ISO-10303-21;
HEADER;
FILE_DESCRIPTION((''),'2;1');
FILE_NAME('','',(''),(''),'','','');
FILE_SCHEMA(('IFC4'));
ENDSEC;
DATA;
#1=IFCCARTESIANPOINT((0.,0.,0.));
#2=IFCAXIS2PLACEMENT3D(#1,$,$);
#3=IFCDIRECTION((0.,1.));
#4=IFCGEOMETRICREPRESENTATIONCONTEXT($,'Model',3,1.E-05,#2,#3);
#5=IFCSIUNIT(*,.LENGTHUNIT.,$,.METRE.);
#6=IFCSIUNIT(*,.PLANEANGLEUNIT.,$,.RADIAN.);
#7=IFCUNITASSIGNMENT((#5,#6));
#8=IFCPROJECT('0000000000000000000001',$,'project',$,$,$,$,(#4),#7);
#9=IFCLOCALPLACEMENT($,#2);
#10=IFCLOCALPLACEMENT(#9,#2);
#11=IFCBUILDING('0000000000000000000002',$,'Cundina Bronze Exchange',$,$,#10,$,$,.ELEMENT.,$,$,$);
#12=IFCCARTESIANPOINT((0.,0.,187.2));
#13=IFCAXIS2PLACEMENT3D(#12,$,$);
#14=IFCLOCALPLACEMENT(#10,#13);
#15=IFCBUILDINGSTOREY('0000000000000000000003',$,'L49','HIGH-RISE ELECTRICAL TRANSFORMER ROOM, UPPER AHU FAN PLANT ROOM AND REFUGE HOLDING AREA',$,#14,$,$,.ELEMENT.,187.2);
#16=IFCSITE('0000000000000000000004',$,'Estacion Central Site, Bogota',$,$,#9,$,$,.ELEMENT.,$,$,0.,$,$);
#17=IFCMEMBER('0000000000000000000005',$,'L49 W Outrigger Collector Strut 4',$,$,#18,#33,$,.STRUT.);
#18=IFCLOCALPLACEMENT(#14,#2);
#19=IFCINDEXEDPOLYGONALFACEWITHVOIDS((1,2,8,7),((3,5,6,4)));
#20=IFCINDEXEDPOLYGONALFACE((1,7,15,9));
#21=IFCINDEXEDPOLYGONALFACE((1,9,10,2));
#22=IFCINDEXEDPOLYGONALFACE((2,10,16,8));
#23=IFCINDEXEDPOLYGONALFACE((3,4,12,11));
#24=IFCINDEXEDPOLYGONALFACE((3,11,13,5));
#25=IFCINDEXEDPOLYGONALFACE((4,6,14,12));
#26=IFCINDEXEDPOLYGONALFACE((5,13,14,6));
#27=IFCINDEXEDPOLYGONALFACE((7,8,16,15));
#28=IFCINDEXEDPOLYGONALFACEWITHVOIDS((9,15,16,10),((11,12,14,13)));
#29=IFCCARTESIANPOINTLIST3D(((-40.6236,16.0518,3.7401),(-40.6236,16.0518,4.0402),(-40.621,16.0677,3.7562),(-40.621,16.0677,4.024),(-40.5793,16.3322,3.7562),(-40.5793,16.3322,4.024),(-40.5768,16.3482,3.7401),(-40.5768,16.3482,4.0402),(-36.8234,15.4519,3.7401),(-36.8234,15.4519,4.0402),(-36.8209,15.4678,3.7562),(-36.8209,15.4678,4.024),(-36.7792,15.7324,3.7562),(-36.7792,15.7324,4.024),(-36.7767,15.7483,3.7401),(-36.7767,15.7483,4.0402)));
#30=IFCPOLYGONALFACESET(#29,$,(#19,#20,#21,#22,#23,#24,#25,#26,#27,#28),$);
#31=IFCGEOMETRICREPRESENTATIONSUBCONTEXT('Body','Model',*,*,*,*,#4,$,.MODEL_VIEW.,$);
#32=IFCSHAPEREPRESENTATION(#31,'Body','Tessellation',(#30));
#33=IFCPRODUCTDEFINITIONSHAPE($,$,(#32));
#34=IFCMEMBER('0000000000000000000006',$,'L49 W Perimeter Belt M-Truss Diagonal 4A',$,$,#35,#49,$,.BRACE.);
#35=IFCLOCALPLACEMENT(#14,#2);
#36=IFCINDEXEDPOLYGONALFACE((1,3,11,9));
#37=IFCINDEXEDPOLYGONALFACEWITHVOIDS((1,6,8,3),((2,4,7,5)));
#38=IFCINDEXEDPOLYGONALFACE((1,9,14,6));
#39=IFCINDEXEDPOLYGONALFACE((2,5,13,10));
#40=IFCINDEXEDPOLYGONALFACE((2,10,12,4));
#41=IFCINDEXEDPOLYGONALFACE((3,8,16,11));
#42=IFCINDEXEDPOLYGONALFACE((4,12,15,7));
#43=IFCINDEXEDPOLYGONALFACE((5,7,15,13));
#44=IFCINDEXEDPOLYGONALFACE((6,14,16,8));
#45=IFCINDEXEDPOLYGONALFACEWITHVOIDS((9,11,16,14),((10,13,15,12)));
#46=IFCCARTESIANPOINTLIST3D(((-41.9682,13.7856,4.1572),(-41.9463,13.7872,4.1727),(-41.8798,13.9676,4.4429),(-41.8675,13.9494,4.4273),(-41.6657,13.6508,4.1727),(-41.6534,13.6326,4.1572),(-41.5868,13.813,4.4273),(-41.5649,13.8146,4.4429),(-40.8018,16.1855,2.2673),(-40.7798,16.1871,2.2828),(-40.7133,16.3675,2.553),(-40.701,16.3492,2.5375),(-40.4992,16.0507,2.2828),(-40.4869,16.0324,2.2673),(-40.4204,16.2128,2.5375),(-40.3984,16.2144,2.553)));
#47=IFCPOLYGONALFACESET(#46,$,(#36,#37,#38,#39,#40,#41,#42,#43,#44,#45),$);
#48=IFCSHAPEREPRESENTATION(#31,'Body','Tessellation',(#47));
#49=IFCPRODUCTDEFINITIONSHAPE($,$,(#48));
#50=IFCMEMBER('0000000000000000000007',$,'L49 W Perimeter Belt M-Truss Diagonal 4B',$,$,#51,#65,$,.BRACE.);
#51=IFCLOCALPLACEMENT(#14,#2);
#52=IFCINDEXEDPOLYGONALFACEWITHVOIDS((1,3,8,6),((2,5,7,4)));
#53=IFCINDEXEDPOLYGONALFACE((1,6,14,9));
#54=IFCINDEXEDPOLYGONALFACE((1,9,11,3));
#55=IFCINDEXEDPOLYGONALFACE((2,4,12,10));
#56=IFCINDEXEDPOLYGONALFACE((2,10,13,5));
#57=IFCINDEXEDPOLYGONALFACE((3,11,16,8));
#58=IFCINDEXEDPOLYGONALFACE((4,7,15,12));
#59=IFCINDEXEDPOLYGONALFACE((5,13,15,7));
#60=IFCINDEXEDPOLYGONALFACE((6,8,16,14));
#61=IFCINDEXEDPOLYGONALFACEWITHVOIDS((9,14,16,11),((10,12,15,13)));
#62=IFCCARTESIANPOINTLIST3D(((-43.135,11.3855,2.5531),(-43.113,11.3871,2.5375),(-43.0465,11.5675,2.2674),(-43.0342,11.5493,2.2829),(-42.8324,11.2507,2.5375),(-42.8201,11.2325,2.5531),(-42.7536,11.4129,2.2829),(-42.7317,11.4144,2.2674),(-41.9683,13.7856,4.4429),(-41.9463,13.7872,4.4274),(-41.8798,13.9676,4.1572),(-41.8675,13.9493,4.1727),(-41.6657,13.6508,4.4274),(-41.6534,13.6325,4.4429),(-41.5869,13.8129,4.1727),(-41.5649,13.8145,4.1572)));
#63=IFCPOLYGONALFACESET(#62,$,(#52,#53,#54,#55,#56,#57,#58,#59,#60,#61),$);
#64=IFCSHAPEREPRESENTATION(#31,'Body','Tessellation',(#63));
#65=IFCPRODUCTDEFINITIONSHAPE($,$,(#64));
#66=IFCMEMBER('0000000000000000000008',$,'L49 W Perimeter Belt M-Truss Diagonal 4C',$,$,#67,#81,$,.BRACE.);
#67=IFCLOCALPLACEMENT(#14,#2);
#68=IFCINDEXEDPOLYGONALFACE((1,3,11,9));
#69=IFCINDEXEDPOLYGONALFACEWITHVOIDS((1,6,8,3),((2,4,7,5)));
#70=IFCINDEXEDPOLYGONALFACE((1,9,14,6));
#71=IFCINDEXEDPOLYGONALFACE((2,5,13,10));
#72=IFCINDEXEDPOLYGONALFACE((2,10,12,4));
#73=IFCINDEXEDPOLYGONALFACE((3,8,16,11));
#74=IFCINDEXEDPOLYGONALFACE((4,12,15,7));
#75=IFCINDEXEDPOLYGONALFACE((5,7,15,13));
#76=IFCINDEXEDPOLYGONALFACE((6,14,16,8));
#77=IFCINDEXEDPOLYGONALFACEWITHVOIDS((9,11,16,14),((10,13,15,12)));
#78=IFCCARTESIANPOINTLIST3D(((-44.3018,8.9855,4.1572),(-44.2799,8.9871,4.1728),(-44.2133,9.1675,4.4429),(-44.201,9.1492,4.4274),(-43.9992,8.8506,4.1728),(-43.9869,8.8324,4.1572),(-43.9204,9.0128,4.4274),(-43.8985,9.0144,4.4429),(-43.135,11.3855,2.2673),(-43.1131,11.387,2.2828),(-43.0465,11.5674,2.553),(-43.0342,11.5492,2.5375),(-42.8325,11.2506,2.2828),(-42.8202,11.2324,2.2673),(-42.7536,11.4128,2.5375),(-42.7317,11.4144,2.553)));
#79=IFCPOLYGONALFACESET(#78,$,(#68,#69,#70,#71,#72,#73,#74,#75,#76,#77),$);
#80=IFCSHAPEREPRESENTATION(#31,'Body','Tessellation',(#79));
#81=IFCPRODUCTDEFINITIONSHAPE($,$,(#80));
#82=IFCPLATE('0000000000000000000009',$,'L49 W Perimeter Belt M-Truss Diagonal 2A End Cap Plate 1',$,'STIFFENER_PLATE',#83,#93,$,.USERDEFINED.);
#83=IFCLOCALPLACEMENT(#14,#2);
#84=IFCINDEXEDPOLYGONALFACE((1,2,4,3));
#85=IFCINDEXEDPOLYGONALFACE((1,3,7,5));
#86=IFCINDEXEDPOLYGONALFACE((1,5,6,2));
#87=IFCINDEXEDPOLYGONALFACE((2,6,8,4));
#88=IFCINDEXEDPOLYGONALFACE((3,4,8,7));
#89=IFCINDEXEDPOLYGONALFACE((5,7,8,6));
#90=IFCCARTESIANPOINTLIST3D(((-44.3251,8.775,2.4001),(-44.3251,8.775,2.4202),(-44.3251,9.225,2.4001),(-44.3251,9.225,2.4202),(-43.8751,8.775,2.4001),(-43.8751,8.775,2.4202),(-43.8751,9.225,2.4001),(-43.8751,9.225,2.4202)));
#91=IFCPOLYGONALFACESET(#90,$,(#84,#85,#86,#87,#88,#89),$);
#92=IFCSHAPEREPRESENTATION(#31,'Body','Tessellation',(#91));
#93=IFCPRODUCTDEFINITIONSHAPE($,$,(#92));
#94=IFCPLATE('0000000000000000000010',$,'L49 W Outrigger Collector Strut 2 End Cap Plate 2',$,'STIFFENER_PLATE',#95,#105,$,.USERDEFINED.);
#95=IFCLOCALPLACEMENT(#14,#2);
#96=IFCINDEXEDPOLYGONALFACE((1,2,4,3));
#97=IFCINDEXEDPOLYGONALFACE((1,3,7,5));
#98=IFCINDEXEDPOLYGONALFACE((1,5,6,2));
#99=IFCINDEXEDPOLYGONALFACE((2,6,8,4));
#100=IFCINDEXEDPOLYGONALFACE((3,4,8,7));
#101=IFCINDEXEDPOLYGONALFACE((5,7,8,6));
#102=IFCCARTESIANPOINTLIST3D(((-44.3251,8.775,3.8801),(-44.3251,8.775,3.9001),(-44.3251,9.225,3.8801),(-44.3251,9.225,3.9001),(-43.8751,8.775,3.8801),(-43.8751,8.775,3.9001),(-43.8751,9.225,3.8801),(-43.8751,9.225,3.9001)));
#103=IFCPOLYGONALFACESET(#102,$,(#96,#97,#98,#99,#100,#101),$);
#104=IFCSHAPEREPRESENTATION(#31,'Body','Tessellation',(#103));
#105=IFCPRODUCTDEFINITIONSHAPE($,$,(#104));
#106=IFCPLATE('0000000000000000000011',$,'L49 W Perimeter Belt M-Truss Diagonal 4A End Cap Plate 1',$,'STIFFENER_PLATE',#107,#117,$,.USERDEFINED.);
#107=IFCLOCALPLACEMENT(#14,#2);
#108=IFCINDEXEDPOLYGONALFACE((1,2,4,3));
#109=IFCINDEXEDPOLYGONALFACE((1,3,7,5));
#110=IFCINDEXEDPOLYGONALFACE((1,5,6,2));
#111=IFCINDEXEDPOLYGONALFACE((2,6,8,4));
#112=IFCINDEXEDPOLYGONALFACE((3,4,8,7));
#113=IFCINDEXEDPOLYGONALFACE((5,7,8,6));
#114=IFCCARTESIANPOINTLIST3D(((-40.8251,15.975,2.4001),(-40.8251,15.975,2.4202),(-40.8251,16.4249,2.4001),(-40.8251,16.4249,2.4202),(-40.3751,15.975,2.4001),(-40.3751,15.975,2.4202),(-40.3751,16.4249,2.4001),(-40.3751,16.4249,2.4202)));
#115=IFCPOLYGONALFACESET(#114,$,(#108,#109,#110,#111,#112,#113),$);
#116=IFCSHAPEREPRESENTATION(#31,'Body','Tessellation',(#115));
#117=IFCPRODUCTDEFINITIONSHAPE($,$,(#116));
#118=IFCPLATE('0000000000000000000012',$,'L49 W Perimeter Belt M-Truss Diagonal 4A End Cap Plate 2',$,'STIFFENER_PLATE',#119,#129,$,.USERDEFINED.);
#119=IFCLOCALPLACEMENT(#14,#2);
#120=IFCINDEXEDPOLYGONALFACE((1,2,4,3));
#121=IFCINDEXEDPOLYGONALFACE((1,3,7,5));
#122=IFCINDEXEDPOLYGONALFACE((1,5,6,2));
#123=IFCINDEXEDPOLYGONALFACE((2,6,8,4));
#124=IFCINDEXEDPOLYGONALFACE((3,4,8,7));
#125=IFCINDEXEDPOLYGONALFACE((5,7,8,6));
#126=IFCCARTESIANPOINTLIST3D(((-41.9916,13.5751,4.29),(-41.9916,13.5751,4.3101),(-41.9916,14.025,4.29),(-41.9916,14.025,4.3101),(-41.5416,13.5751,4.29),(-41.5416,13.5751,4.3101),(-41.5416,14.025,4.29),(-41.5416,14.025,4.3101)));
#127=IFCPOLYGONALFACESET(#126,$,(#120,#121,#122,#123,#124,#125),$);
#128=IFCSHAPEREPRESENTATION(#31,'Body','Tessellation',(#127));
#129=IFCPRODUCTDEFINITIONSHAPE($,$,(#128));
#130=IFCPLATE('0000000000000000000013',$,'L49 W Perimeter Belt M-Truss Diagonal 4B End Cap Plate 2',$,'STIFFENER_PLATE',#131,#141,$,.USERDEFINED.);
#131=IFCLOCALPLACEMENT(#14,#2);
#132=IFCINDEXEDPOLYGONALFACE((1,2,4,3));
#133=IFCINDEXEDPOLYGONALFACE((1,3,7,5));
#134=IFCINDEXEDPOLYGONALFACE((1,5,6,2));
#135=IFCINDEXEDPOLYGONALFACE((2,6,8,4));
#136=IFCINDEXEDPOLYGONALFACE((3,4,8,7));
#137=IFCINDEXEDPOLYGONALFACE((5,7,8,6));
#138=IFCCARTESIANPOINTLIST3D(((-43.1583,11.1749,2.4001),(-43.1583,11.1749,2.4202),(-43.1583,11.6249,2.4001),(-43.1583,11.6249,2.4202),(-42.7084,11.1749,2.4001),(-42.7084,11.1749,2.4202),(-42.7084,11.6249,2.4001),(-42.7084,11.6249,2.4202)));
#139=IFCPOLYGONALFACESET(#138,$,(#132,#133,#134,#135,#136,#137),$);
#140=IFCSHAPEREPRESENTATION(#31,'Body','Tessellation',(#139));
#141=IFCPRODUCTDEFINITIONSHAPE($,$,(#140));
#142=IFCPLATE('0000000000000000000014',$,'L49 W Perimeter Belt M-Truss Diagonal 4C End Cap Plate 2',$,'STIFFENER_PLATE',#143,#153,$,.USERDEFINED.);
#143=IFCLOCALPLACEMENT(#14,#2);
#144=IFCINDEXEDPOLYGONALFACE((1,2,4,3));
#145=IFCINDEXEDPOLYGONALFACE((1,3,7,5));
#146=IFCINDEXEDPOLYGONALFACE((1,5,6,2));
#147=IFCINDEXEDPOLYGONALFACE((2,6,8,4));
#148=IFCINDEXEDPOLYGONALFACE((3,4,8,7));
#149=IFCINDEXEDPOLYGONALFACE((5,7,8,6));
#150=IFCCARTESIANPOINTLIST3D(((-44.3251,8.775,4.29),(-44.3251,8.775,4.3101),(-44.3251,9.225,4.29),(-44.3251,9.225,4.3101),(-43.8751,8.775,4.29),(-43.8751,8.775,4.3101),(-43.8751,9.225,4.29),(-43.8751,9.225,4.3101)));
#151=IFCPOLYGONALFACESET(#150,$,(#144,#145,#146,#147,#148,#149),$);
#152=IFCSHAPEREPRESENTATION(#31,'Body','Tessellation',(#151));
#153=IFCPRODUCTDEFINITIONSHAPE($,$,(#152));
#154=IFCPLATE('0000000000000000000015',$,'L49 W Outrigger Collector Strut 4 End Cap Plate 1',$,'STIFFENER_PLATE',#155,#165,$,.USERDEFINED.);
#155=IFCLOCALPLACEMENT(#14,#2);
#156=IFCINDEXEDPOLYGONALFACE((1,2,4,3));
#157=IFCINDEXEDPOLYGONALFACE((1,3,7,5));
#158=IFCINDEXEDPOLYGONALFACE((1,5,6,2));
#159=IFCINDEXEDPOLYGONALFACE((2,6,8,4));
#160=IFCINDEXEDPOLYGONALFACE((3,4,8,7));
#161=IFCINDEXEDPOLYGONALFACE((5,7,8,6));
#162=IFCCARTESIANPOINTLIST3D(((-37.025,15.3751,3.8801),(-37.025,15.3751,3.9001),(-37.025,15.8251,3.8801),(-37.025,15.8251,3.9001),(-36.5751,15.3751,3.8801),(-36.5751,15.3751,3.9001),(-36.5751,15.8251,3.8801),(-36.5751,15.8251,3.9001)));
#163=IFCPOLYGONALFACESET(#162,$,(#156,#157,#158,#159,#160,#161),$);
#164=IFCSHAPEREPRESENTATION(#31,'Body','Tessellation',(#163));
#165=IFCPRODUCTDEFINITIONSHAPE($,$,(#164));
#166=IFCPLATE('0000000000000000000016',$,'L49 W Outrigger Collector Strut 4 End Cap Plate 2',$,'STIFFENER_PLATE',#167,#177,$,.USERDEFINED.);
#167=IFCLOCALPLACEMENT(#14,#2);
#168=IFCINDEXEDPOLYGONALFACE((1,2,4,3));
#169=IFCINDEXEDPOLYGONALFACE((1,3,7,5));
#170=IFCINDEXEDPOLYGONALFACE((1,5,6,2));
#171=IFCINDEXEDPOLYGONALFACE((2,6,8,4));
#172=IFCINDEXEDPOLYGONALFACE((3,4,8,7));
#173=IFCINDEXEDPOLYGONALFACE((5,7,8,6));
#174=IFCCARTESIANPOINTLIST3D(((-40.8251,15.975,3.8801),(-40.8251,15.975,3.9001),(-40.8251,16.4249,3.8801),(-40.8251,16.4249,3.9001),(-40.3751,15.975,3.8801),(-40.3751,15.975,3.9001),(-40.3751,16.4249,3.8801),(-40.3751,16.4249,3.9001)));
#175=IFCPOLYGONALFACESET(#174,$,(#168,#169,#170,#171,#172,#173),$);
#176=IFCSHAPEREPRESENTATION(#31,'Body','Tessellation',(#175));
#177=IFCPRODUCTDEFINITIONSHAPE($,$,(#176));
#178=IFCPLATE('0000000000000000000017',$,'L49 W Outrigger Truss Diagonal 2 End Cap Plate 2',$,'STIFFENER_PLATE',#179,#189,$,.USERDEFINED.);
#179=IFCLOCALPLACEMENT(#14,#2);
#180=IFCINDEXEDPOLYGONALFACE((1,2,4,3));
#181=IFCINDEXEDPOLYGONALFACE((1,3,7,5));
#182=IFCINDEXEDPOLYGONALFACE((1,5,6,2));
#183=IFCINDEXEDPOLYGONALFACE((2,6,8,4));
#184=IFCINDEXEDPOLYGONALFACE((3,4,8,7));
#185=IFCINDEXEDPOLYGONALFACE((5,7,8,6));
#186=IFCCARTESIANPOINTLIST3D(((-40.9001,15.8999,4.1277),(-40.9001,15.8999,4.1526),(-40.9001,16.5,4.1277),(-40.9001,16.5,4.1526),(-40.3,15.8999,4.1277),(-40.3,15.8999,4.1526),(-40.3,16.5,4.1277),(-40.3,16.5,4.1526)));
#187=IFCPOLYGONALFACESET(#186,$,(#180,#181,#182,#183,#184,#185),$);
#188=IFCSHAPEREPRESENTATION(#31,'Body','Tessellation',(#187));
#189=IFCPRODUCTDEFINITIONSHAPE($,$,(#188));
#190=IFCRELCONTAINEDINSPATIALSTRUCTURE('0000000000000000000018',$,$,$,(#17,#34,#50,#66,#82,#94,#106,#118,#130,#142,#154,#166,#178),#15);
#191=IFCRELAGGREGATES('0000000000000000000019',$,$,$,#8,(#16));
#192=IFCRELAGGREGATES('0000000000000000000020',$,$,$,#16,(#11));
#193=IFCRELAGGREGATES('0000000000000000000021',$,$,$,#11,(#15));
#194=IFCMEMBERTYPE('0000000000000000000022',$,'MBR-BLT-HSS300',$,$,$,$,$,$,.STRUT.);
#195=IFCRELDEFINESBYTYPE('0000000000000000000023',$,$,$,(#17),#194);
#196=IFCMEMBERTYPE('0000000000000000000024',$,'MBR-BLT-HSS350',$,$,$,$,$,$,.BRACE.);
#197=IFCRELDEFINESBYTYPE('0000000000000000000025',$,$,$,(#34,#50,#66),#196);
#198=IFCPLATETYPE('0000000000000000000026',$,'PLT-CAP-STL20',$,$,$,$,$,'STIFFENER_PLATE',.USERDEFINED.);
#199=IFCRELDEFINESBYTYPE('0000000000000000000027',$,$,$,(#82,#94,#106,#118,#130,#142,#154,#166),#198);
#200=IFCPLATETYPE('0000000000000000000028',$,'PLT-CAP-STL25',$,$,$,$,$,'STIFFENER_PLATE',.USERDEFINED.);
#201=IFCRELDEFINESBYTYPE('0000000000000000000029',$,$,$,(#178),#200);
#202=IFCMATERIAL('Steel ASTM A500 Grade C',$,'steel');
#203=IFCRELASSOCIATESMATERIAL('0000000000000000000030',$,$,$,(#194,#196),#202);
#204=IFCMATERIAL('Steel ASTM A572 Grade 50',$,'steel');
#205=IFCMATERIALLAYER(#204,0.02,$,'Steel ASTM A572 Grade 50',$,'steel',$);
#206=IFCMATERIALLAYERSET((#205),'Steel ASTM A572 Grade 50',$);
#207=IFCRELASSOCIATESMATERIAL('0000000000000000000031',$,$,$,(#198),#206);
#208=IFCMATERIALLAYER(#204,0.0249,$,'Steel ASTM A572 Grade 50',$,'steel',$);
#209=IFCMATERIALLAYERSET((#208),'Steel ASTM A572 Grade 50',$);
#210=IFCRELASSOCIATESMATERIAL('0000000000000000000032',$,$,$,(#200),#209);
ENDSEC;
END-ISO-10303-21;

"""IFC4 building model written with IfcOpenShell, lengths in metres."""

from ifc_helpers import new_model, si_unit, direction, frame, origin, origin_2d, place, context, subcontext, project, spatial, rectangle, hollow_rectangle, extrude, material, layer, layer_set, material_profile, profile_set, type_object, element, save


model = new_model("IFC4")

# Units and contexts
model_context = context("Model", 3, precision=1e-05, world=origin(), true_north=direction((0.0, 1.0)))
body_context = subcontext(model_context, "Body", "Model", "MODEL_VIEW")
ifc_project = project(units=[si_unit("LENGTHUNIT", "METRE"), si_unit("PLANEANGLEUNIT", "RADIAN")], contexts=[model_context])

# Site, building, storey
site_placement = place(None, origin())
site = spatial("IfcSite", under=ifc_project, at=site_placement, Name="Estacion Central Site, Bogota", CompositionType="ELEMENT", RefElevation=0.0)
building_placement = place(site_placement, origin())
building = spatial("IfcBuilding", under=site, at=building_placement, Name="Cundina Bronze Exchange", CompositionType="ELEMENT")
storey_placement = place(building_placement, frame((0.0, 0.0, 187.2)))
storey = spatial("IfcBuildingStorey", under=building, at=storey_placement, Name="L49", Description="HIGH-RISE ELECTRICAL TRANSFORMER ROOM, UPPER AHU FAN PLANT ROOM AND REFUGE HOLDING AREA", CompositionType="ELEMENT", Elevation=187.2)

# Members
ifc_material_1 = material(Name="Steel ASTM A500 Grade C", Category="steel")
ifc_material_profile_1 = material_profile(ifc_material_1, hollow_rectangle(XDim=0.3, YDim=0.3, WallThickness=0.0161, at=origin_2d()), Name="HSS300X300X16", Category="steel")
ifc_profile_set_1 = profile_set([ifc_material_profile_1], Name="Steel ASTM A500 Grade C")
member_type_1 = type_object("IfcMemberType", Name="MBR-BLT-HSS300", PredefinedType="STRUT", material=ifc_profile_set_1)
member_1_placement = place(storey_placement, frame((-36.8, 15.6001, 3.8901), z_axis=(-0.987769, 0.155923, 0.0), x_axis=(-0.155923, -0.987769, 0.0)))
element("IfcMember", 1, at=member_1_placement, inside=storey, type_object=member_type_1, Name="L49 W Outrigger Collector Strut 4", PredefinedType="STRUT", context=body_context, shape_type="SweptSolid", body=[
    extrude(hollow_rectangle(XDim=0.3, YDim=0.3, WallThickness=0.0161, at=origin_2d()), origin(), (0.0, 0.0, 1.0), 3.8472),
])
ifc_material_profile_2 = material_profile(ifc_material_1, hollow_rectangle(XDim=0.3501, YDim=0.3501, WallThickness=0.019, at=origin_2d()), Name="HSS350X350X19", Category="steel")
ifc_profile_set_2 = profile_set([ifc_material_profile_2], Name="Steel ASTM A500 Grade C")
member_type_2 = type_object("IfcMemberType", Name="MBR-BLT-HSS350", PredefinedType="BRACE", material=ifc_profile_set_2)
member_2_placement = place(storey_placement, frame((-40.6001, 16.2, 2.4102), z_axis=(-0.356745, -0.733947, 0.577974), x_axis=(0.899385, -0.437158, 0.0)))
element("IfcMember", 2, at=member_2_placement, inside=storey, type_object=member_type_2, Name="L49 W Perimeter Belt M-Truss Diagonal 4A", PredefinedType="BRACE", context=body_context, shape_type="SweptSolid", body=[
    extrude(hollow_rectangle(XDim=0.3501, YDim=0.3501, WallThickness=0.019, at=origin_2d()), origin(), (0.0, 0.0, 1.0), 3.2698),
])
for number, where, z_axis, x_axis, name in (
    (3, (-41.7666, 13.8, 4.3), (-0.35679, -0.733962, -0.577927), (0.899366, -0.437196, 0.0), "L49 W Perimeter Belt M-Truss Diagonal 4B"),
    (4, (-42.9333, 11.3999, 2.4102), (-0.35681, -0.733928, 0.577959), (0.899349, -0.437232, 0.0), "L49 W Perimeter Belt M-Truss Diagonal 4C"),
):
    element("IfcMember", number, at=place(storey_placement, frame(where, z_axis=z_axis, x_axis=x_axis)), inside=storey, type_object=member_type_2, Name=name, PredefinedType="BRACE", context=body_context, shape_type="SweptSolid", body=[
        extrude(hollow_rectangle(XDim=0.3501, YDim=0.3501, WallThickness=0.019, at=origin_2d()), origin(), (0.0, 0.0, 1.0), 3.27),
    ])

# Plates
ifc_material_2 = material(Name="Steel ASTM A572 Grade 50", Category="steel")
ifc_layer_1 = layer(ifc_material_2, 0.02, Name="Steel ASTM A572 Grade 50", Category="steel")
ifc_layer_set_1 = layer_set([ifc_layer_1], Name="Steel ASTM A572 Grade 50")
plate_type_1 = type_object("IfcPlateType", Name="PLT-CAP-STL20", ElementType="STIFFENER_PLATE", PredefinedType="USERDEFINED", material=ifc_layer_set_1)
for number, where, z_axis, x_axis, name in (
    (5, (-44.1001, 9.0, 2.4001), (0.0, 0.0, 1.0), (1.0, 0.0, 0.0), "L49 W Perimeter Belt M-Truss Diagonal 2A End Cap Plate 1"),
    (6, (-44.1001, 9.0, 3.8801), (0.0, 0.0, 1.0), (1.0, 0.0, 0.0), "L49 W Outrigger Collector Strut 2 End Cap Plate 2"),
    (7, (-40.6001, 16.2, 2.4001), (0.0, 0.0, 1.0), (1.0, 0.0, 0.0), "L49 W Perimeter Belt M-Truss Diagonal 4A End Cap Plate 1"),
    (8, (-41.7666, 13.8, 4.29), (0.0, 0.0, 1.0), (1.0, 0.0, 0.0), "L49 W Perimeter Belt M-Truss Diagonal 4A End Cap Plate 2"),
    (9, (-42.9333, 11.3999, 2.4001), (0.0, 0.0, 1.0), (1.0, 0.0, 0.0), "L49 W Perimeter Belt M-Truss Diagonal 4B End Cap Plate 2"),
    (10, (-44.1001, 9.0, 4.29), (0.0, 0.0, 1.0), (1.0, 0.0, 0.0), "L49 W Perimeter Belt M-Truss Diagonal 4C End Cap Plate 2"),
    (11, (-36.8, 15.6001, 3.8801), (0.0, 0.0, 1.0), (1.0, 0.0, 0.0), "L49 W Outrigger Collector Strut 4 End Cap Plate 1"),
    (12, (-40.6001, 16.2, 3.8801), (0.0, 0.0, 1.0), (1.0, 0.0, 0.0), "L49 W Outrigger Collector Strut 4 End Cap Plate 2"),
):
    element("IfcPlate", number, at=place(storey_placement, frame(where, z_axis=z_axis, x_axis=x_axis)), inside=storey, type_object=plate_type_1, Name=name, ObjectType="STIFFENER_PLATE", PredefinedType="USERDEFINED", context=body_context, shape_type="SweptSolid", body=[
        extrude(rectangle(XDim=0.45, YDim=0.45, at=origin_2d()), origin(), (0.0, 0.0, 1.0), 0.02),
    ])
ifc_layer_2 = layer(ifc_material_2, 0.0249, Name="Steel ASTM A572 Grade 50", Category="steel")
ifc_layer_set_2 = layer_set([ifc_layer_2], Name="Steel ASTM A572 Grade 50")
plate_type_2 = type_object("IfcPlateType", Name="PLT-CAP-STL25", ElementType="STIFFENER_PLATE", PredefinedType="USERDEFINED", material=ifc_layer_set_2)
plate_placement = place(storey_placement, frame((-40.6001, 16.2, 4.1277), z_axis=(0.0, 0.0, 1.0), x_axis=(1.0, 0.0, 0.0)))
element("IfcPlate", 13, at=plate_placement, inside=storey, type_object=plate_type_2, Name="L49 W Outrigger Truss Diagonal 2 End Cap Plate 2", ObjectType="STIFFENER_PLATE", PredefinedType="USERDEFINED", context=body_context, shape_type="SweptSolid", body=[
    extrude(rectangle(XDim=0.6001, YDim=0.6001, at=origin_2d()), origin(), (0.0, 0.0, 1.0), 0.0249),
])

save(model, "model.ifc")
